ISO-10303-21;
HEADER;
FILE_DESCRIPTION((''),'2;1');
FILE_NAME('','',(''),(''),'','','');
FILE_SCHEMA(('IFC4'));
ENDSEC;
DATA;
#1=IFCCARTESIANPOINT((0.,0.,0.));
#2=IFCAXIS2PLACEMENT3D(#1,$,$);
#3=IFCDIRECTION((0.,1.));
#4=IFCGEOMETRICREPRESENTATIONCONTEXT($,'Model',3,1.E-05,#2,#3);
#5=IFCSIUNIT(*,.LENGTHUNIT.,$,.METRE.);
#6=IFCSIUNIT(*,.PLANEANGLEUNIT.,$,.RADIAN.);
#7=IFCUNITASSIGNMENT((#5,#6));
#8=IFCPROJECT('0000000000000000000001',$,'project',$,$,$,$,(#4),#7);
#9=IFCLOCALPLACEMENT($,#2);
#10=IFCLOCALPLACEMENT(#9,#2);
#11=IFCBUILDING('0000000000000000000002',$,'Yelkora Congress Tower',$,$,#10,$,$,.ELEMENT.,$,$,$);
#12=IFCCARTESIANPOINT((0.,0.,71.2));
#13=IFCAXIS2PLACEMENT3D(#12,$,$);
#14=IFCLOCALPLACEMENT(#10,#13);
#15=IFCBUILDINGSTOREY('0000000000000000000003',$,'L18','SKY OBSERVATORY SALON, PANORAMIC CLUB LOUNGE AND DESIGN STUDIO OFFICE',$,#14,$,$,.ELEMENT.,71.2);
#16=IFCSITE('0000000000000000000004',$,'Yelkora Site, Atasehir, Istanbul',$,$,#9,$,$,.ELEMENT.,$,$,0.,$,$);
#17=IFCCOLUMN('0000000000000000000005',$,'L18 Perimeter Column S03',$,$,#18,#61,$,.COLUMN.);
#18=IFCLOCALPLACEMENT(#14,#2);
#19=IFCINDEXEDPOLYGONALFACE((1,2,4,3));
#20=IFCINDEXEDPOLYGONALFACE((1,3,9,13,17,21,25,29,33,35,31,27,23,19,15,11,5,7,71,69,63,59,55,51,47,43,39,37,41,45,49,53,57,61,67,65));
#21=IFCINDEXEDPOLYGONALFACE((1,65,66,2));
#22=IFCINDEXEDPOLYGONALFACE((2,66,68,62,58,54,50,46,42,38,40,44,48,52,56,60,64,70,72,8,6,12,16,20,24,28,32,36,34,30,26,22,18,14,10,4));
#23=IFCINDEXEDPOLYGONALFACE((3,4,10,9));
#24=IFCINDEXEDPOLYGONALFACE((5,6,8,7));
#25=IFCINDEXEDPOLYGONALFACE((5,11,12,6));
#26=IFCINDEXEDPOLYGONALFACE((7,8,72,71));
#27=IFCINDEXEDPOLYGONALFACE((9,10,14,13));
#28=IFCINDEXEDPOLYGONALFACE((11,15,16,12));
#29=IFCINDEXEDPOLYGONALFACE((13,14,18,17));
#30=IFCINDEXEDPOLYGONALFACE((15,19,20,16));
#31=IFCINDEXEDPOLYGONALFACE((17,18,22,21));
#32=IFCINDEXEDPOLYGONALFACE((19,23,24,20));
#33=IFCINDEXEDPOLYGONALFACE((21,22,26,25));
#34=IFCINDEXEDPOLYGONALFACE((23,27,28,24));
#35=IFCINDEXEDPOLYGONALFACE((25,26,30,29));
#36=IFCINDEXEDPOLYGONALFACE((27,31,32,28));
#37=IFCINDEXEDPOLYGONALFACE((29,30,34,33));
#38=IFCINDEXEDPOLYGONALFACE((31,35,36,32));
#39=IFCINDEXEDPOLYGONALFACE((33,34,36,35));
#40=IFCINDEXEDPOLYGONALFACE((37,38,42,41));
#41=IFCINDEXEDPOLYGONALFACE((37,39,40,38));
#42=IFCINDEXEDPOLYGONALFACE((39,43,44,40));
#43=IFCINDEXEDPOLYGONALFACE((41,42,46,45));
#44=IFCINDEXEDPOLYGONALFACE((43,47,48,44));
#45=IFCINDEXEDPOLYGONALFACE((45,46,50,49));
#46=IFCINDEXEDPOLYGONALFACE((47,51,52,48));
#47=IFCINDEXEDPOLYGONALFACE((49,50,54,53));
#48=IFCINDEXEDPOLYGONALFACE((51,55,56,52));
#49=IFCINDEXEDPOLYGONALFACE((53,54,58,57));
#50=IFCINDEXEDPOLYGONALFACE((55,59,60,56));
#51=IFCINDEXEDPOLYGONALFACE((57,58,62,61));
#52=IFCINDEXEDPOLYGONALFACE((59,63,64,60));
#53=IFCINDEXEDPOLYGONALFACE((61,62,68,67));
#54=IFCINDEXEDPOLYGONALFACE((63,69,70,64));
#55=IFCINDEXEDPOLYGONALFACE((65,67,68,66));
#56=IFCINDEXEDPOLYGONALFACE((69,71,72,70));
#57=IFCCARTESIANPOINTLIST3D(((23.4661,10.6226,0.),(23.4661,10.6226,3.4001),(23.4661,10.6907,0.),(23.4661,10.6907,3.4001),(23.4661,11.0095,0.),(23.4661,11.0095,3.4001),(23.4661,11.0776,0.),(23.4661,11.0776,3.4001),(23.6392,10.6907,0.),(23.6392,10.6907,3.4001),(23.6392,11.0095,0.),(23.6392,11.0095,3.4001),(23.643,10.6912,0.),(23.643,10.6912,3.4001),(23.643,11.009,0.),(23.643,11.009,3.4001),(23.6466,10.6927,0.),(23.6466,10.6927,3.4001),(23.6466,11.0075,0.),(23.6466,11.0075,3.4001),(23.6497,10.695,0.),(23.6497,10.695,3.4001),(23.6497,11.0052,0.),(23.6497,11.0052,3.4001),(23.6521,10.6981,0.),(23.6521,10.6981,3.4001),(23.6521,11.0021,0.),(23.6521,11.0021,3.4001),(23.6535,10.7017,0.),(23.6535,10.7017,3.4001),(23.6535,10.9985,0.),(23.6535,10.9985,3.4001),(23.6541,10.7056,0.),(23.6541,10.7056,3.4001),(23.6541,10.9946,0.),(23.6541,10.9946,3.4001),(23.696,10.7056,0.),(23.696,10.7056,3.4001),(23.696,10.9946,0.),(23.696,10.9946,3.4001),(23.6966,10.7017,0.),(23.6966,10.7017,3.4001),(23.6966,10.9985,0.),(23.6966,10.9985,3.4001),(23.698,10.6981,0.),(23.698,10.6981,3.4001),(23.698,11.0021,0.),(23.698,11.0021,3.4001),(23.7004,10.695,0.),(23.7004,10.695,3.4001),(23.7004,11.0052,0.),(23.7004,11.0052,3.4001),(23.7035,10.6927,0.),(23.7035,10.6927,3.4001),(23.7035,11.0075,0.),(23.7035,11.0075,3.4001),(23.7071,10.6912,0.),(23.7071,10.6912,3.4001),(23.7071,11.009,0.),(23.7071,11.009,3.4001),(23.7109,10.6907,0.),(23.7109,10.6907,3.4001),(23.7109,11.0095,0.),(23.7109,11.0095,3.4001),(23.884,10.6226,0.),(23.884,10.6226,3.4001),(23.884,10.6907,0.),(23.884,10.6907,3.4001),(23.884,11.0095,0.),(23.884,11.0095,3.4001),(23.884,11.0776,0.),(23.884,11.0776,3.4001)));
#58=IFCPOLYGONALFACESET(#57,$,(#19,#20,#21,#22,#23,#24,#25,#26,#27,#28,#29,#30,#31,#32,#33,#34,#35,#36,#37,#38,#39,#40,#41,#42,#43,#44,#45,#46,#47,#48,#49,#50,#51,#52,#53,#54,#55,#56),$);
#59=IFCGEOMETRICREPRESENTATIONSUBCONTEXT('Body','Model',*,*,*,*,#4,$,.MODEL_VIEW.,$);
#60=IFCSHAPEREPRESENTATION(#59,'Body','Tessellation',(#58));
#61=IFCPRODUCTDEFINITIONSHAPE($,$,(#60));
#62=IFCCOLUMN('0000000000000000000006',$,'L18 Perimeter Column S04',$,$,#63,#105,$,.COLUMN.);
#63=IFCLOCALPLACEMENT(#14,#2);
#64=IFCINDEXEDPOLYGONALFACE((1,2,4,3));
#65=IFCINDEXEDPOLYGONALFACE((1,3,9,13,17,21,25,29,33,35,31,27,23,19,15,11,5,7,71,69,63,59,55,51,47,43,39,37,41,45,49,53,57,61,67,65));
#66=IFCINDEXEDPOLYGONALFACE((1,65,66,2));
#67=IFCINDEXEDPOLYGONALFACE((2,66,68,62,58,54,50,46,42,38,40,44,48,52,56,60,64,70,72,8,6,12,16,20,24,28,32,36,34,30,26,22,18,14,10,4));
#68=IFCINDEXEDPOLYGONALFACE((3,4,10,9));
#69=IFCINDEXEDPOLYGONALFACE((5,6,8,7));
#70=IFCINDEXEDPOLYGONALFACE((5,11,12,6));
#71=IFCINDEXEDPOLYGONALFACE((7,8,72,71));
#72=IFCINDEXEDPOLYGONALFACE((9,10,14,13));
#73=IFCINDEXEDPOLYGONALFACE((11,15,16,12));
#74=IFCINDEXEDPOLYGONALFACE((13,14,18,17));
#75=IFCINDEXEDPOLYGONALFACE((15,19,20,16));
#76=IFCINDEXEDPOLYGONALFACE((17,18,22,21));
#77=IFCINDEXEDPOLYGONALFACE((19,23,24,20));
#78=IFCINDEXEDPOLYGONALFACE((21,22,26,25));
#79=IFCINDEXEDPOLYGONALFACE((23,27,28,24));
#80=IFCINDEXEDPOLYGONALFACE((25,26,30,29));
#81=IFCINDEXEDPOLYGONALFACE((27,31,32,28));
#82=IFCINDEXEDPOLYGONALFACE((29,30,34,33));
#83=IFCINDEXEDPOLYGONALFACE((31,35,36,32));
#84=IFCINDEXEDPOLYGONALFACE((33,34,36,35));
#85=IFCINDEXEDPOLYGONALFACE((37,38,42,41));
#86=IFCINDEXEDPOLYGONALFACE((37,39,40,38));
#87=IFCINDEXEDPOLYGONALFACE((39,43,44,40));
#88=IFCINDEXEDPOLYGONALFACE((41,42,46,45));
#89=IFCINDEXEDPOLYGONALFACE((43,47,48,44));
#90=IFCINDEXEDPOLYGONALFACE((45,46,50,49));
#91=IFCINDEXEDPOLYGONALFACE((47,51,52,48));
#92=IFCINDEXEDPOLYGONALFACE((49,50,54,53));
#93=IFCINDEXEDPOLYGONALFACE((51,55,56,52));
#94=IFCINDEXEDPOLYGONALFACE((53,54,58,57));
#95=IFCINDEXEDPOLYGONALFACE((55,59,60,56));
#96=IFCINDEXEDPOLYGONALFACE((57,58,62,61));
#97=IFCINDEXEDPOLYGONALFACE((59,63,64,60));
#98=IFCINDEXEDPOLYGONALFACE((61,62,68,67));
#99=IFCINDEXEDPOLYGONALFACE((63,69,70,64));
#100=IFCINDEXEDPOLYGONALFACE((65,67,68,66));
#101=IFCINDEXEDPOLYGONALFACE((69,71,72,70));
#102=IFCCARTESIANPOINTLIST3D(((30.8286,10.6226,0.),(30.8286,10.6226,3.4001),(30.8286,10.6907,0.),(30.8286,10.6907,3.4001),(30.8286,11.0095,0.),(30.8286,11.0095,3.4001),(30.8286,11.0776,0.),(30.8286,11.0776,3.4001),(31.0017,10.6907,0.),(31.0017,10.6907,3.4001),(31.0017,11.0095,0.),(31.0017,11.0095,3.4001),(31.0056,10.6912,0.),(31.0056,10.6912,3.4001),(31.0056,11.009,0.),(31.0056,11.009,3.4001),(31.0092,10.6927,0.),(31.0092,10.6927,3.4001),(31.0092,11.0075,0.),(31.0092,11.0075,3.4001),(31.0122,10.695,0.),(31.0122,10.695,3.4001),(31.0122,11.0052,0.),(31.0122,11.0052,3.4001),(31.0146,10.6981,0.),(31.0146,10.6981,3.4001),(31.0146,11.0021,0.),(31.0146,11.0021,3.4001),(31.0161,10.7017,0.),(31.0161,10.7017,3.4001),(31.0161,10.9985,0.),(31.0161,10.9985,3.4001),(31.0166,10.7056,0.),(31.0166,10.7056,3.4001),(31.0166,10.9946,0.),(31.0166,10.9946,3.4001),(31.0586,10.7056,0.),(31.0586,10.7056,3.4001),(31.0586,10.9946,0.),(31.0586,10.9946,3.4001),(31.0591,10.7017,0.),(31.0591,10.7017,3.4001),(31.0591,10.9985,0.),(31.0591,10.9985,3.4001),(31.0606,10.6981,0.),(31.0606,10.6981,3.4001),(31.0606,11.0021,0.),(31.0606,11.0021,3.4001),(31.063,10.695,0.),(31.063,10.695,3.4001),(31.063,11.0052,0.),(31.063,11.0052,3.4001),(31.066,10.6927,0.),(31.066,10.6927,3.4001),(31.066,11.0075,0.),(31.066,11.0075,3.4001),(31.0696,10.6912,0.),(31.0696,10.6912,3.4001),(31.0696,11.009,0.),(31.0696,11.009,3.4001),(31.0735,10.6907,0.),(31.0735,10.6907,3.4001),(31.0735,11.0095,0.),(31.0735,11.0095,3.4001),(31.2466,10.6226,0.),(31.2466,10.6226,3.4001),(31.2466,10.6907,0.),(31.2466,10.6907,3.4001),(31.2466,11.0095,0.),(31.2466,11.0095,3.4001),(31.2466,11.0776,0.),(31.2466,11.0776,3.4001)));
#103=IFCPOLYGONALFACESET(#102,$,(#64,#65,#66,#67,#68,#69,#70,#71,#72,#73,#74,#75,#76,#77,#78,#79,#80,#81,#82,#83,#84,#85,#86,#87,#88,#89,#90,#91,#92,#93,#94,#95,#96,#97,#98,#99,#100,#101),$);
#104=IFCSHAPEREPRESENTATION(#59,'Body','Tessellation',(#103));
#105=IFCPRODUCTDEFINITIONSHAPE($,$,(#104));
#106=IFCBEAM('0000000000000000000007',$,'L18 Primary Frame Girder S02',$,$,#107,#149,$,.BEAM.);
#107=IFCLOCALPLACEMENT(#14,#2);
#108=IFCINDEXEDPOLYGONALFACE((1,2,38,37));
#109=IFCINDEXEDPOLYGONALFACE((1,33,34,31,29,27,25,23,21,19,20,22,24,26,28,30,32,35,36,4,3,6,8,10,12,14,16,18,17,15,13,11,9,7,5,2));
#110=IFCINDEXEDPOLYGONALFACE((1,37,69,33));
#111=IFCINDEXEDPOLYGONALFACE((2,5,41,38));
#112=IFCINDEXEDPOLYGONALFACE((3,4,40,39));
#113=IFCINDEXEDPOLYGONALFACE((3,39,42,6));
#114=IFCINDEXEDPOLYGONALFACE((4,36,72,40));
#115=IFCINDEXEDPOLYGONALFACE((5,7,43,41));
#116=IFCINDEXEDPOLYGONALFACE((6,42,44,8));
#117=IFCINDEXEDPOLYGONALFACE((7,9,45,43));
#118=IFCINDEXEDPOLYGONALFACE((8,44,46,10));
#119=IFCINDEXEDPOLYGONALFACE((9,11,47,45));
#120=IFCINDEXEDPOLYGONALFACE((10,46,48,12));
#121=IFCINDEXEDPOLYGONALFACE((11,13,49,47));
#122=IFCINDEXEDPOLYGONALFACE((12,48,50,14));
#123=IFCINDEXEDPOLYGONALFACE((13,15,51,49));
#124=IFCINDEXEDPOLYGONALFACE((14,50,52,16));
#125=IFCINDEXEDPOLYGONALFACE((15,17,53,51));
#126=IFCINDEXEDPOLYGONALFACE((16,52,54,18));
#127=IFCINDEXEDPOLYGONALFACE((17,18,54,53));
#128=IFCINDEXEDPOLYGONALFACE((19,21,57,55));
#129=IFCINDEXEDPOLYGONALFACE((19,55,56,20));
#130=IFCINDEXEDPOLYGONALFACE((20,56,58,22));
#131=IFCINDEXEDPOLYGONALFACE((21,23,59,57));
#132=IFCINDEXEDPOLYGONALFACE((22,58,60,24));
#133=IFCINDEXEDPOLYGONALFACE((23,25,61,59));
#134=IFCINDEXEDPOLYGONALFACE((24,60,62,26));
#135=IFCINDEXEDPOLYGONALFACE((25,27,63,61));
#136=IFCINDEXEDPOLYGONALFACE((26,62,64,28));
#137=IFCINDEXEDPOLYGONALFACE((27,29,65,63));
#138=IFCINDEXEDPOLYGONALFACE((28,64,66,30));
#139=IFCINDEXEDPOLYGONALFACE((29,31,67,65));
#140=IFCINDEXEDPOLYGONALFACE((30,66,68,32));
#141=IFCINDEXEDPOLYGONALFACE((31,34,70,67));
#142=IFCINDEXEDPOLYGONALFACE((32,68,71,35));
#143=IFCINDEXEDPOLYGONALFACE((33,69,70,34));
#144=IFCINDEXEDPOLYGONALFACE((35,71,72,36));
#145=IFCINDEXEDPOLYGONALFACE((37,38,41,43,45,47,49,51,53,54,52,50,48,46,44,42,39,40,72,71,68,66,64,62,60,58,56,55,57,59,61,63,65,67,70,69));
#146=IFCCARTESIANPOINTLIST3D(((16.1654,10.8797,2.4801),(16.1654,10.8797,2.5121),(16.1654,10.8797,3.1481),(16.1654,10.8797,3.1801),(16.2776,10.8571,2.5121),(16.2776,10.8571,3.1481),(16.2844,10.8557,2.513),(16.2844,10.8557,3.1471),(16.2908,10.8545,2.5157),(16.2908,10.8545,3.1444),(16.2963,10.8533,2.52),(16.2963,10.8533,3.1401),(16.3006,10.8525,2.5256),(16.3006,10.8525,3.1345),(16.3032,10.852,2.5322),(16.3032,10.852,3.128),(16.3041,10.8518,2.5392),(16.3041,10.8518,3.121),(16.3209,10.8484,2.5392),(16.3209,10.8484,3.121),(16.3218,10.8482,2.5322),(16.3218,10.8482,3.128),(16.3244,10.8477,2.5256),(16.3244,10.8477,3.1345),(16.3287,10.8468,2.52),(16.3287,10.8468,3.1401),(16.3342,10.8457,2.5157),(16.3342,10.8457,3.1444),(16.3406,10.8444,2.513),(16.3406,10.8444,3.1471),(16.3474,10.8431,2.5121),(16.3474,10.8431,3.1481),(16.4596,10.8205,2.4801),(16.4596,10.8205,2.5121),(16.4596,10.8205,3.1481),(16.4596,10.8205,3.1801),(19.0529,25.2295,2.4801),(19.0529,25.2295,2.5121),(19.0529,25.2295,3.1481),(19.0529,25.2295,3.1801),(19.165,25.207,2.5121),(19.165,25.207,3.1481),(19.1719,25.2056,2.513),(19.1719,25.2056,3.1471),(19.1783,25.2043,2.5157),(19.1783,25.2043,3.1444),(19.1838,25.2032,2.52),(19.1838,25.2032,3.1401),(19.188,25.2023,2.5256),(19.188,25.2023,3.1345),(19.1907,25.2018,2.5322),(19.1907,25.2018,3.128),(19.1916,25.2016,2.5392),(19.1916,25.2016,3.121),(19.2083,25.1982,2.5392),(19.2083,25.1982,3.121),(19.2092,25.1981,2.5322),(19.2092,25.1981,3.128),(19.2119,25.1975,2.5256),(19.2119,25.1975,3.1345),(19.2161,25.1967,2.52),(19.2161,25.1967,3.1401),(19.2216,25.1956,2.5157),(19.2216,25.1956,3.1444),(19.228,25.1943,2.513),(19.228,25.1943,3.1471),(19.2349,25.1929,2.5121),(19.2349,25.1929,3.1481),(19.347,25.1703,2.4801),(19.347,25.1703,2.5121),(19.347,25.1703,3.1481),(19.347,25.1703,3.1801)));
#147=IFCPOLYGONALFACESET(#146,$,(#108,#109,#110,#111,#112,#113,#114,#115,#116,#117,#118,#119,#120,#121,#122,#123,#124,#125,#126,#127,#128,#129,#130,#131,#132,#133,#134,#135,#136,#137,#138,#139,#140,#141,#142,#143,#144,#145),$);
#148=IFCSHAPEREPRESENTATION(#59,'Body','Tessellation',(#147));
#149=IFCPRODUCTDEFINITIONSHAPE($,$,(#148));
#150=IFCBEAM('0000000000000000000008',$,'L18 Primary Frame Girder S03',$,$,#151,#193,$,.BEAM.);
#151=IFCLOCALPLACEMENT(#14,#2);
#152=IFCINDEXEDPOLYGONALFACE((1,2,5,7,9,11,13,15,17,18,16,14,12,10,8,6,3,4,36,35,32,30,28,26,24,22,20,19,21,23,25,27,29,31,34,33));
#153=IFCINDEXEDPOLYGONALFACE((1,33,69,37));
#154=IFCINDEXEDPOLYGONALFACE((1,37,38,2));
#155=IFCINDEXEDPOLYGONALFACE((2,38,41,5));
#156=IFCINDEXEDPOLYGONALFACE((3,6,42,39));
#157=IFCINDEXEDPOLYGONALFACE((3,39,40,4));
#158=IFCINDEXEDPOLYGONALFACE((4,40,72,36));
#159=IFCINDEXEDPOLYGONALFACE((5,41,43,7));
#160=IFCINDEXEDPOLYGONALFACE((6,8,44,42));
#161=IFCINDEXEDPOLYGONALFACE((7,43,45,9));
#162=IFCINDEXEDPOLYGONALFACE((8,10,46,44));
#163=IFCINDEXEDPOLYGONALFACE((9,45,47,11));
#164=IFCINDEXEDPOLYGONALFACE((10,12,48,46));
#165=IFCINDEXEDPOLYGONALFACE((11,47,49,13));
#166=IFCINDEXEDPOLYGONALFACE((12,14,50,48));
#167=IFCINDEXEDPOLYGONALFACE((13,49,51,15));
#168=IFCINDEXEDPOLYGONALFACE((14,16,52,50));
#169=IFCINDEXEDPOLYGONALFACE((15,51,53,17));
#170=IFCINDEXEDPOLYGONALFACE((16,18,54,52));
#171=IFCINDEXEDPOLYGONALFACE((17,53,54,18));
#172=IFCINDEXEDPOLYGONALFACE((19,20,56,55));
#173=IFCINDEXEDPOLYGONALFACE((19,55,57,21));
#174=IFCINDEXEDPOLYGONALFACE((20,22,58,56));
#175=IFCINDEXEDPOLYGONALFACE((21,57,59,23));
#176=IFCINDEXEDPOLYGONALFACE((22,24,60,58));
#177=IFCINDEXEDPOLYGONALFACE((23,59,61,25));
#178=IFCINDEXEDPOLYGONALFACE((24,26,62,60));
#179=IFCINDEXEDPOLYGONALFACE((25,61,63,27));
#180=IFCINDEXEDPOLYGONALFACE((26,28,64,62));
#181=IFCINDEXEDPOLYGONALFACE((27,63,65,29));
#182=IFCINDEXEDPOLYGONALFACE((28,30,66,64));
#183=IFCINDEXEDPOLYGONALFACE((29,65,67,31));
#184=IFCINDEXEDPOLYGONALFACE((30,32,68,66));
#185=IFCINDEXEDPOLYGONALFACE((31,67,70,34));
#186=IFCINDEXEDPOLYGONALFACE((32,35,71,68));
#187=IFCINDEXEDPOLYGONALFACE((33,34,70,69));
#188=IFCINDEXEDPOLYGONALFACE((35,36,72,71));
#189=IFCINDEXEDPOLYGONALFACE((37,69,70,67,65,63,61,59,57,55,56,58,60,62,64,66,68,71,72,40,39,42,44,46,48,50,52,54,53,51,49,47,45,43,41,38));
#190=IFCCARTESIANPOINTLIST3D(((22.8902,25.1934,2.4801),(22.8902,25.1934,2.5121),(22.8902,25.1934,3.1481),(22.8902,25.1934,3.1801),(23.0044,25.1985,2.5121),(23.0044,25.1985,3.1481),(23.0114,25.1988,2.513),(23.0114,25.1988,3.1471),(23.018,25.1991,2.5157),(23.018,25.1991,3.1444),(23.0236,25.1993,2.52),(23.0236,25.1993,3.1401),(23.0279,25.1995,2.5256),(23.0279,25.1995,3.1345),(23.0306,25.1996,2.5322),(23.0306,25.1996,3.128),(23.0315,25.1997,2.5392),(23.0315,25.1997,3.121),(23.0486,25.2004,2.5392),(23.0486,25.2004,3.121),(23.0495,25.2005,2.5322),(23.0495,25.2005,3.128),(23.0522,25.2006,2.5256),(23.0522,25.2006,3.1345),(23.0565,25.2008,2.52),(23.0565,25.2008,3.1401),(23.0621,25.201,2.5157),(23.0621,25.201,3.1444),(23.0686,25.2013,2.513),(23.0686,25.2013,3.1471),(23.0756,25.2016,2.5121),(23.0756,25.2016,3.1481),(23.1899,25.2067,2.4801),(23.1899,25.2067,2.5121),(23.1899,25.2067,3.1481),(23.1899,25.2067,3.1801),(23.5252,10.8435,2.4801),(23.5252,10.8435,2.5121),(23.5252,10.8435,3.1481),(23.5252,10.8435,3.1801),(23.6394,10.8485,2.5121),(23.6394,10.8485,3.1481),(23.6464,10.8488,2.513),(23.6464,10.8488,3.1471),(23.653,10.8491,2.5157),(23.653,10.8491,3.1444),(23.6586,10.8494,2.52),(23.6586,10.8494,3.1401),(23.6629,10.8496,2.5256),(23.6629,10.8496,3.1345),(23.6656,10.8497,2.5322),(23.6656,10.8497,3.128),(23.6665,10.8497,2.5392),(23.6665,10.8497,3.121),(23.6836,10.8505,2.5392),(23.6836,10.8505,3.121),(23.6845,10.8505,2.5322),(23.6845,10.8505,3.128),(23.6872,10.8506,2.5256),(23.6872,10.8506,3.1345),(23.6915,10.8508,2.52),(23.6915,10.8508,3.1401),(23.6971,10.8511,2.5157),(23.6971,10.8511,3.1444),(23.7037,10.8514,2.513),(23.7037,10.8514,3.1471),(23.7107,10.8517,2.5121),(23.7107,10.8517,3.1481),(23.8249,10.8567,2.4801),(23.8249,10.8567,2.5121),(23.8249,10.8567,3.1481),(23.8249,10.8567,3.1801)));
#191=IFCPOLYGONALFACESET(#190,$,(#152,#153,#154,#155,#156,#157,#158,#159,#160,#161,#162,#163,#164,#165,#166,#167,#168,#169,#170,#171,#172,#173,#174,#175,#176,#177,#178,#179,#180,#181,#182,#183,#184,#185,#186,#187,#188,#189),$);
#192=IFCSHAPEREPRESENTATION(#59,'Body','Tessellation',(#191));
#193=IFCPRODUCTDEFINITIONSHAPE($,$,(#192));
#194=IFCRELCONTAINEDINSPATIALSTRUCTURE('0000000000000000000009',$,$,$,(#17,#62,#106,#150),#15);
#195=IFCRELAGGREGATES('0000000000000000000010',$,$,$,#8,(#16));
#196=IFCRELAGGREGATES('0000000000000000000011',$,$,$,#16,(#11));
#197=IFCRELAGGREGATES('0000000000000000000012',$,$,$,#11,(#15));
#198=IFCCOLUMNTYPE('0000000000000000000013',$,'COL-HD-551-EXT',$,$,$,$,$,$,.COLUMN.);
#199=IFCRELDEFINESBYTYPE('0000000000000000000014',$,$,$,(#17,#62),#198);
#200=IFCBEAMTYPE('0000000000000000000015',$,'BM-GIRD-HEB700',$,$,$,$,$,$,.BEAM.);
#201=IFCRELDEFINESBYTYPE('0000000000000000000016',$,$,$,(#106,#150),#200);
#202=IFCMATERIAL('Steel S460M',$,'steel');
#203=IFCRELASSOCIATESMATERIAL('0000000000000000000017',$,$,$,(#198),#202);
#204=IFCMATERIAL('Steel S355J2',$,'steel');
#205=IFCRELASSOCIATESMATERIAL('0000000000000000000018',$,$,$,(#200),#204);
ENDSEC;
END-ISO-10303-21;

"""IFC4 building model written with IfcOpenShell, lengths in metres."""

from ifc_helpers import new_model, si_unit, direction, frame, origin, origin_2d, place, context, subcontext, project, spatial, i_section, extrude, material, material_profile, profile_set, type_object, element, save


model = new_model("IFC4")

# Units and contexts
model_context = context("Model", 3, precision=1e-05, world=origin(), true_north=direction((0.0, 1.0)))
body_context = subcontext(model_context, "Body", "Model", "MODEL_VIEW")
ifc_project = project(units=[si_unit("LENGTHUNIT", "METRE"), si_unit("PLANEANGLEUNIT", "RADIAN")], contexts=[model_context])

# Site, building, storey
site_placement = place(None, origin())
site = spatial("IfcSite", under=ifc_project, at=site_placement, Name="Yelkora Site, Atasehir, Istanbul", CompositionType="ELEMENT", RefElevation=0.0)
building_placement = place(site_placement, origin())
building = spatial("IfcBuilding", under=site, at=building_placement, Name="Yelkora Congress Tower", CompositionType="ELEMENT")
storey_placement = place(building_placement, frame((0.0, 0.0, 71.2)))
storey = spatial("IfcBuildingStorey", under=building, at=storey_placement, Name="L18", Description="SKY OBSERVATORY SALON, PANORAMIC CLUB LOUNGE AND DESIGN STUDIO OFFICE", CompositionType="ELEMENT", Elevation=71.2)

# Columns
ifc_material_1 = material(Name="Steel S460M", Category="steel")
ifc_material_profile_1 = material_profile(ifc_material_1, i_section(OverallWidth=0.418, OverallDepth=0.4551, WebThickness=0.042, FlangeThickness=0.0681, FilletRadius=0.0149, at=origin_2d()), Name="HD 400x551")
ifc_profile_set_1 = profile_set([ifc_material_profile_1], Name="Steel S460M")
column_type = type_object("IfcColumnType", Name="COL-HD-551-EXT", PredefinedType="COLUMN", material=ifc_profile_set_1)
for number, where, z_axis, x_axis, name in (
    (1, (23.675, 10.8501, 0.0), (0.0, 0.0, 1.0), (1.0, 0.0, 0.0), "L18 Perimeter Column S03"),
    (2, (31.0376, 10.8501, 0.0), (0.0, 0.0, 1.0), (1.0, 0.0, 0.0), "L18 Perimeter Column S04"),
):
    element("IfcColumn", number, at=place(storey_placement, frame(where, z_axis=z_axis, x_axis=x_axis)), inside=storey, type_object=column_type, Name=name, PredefinedType="COLUMN", context=body_context, shape_type="SweptSolid", body=[
        extrude(i_section(OverallWidth=0.418, OverallDepth=0.4551, WebThickness=0.042, FlangeThickness=0.0681, FilletRadius=0.0149, at=origin_2d()), origin(), (0.0, 0.0, 1.0), 3.4001),
    ])

# Beams
ifc_material_2 = material(Name="Steel S355J2", Category="steel")
ifc_material_profile_2 = material_profile(ifc_material_2, i_section(OverallWidth=0.3, OverallDepth=0.7, WebThickness=0.0171, FlangeThickness=0.032, FilletRadius=0.0271, at=origin_2d()), Name="HEB 700")
ifc_profile_set_2 = profile_set([ifc_material_profile_2], Name="Steel S355J2")
beam_type_1 = type_object("IfcBeamType", Name="BM-GIRD-HEB700", PredefinedType="BEAM", material=ifc_profile_set_2)
beam_1_placement = place(storey_placement, frame((16.3125, 10.8501, 2.8301), z_axis=(0.197264, 0.98035, 0.0), x_axis=(-0.98035, 0.197264, 0.0)))
element("IfcBeam", 3, at=beam_1_placement, inside=storey, type_object=beam_type_1, Name="L18 Primary Frame Girder S02", PredefinedType="BEAM", context=body_context, shape_type="SweptSolid", body=[
    extrude(i_section(OverallWidth=0.3, OverallDepth=0.7, WebThickness=0.0171, FlangeThickness=0.032, FilletRadius=0.0271, at=origin_2d()), origin(), (0.0, 0.0, 1.0), 14.6375),
])
beam_2_placement = place(storey_placement, frame((23.675, 10.8501, 2.8301), z_axis=(-0.044209, 0.999022, 0.0), x_axis=(-0.999022, -0.044209, 0.0)))
element("IfcBeam", 4, at=beam_2_placement, inside=storey, type_object=beam_type_1, Name="L18 Primary Frame Girder S03", PredefinedType="BEAM", context=body_context, shape_type="SweptSolid", body=[
    extrude(i_section(OverallWidth=0.3, OverallDepth=0.7, WebThickness=0.0171, FlangeThickness=0.032, FilletRadius=0.0271, at=origin_2d()), origin(), (0.0, 0.0, 1.0), 14.364),
])

save(model, "model.ifc")
